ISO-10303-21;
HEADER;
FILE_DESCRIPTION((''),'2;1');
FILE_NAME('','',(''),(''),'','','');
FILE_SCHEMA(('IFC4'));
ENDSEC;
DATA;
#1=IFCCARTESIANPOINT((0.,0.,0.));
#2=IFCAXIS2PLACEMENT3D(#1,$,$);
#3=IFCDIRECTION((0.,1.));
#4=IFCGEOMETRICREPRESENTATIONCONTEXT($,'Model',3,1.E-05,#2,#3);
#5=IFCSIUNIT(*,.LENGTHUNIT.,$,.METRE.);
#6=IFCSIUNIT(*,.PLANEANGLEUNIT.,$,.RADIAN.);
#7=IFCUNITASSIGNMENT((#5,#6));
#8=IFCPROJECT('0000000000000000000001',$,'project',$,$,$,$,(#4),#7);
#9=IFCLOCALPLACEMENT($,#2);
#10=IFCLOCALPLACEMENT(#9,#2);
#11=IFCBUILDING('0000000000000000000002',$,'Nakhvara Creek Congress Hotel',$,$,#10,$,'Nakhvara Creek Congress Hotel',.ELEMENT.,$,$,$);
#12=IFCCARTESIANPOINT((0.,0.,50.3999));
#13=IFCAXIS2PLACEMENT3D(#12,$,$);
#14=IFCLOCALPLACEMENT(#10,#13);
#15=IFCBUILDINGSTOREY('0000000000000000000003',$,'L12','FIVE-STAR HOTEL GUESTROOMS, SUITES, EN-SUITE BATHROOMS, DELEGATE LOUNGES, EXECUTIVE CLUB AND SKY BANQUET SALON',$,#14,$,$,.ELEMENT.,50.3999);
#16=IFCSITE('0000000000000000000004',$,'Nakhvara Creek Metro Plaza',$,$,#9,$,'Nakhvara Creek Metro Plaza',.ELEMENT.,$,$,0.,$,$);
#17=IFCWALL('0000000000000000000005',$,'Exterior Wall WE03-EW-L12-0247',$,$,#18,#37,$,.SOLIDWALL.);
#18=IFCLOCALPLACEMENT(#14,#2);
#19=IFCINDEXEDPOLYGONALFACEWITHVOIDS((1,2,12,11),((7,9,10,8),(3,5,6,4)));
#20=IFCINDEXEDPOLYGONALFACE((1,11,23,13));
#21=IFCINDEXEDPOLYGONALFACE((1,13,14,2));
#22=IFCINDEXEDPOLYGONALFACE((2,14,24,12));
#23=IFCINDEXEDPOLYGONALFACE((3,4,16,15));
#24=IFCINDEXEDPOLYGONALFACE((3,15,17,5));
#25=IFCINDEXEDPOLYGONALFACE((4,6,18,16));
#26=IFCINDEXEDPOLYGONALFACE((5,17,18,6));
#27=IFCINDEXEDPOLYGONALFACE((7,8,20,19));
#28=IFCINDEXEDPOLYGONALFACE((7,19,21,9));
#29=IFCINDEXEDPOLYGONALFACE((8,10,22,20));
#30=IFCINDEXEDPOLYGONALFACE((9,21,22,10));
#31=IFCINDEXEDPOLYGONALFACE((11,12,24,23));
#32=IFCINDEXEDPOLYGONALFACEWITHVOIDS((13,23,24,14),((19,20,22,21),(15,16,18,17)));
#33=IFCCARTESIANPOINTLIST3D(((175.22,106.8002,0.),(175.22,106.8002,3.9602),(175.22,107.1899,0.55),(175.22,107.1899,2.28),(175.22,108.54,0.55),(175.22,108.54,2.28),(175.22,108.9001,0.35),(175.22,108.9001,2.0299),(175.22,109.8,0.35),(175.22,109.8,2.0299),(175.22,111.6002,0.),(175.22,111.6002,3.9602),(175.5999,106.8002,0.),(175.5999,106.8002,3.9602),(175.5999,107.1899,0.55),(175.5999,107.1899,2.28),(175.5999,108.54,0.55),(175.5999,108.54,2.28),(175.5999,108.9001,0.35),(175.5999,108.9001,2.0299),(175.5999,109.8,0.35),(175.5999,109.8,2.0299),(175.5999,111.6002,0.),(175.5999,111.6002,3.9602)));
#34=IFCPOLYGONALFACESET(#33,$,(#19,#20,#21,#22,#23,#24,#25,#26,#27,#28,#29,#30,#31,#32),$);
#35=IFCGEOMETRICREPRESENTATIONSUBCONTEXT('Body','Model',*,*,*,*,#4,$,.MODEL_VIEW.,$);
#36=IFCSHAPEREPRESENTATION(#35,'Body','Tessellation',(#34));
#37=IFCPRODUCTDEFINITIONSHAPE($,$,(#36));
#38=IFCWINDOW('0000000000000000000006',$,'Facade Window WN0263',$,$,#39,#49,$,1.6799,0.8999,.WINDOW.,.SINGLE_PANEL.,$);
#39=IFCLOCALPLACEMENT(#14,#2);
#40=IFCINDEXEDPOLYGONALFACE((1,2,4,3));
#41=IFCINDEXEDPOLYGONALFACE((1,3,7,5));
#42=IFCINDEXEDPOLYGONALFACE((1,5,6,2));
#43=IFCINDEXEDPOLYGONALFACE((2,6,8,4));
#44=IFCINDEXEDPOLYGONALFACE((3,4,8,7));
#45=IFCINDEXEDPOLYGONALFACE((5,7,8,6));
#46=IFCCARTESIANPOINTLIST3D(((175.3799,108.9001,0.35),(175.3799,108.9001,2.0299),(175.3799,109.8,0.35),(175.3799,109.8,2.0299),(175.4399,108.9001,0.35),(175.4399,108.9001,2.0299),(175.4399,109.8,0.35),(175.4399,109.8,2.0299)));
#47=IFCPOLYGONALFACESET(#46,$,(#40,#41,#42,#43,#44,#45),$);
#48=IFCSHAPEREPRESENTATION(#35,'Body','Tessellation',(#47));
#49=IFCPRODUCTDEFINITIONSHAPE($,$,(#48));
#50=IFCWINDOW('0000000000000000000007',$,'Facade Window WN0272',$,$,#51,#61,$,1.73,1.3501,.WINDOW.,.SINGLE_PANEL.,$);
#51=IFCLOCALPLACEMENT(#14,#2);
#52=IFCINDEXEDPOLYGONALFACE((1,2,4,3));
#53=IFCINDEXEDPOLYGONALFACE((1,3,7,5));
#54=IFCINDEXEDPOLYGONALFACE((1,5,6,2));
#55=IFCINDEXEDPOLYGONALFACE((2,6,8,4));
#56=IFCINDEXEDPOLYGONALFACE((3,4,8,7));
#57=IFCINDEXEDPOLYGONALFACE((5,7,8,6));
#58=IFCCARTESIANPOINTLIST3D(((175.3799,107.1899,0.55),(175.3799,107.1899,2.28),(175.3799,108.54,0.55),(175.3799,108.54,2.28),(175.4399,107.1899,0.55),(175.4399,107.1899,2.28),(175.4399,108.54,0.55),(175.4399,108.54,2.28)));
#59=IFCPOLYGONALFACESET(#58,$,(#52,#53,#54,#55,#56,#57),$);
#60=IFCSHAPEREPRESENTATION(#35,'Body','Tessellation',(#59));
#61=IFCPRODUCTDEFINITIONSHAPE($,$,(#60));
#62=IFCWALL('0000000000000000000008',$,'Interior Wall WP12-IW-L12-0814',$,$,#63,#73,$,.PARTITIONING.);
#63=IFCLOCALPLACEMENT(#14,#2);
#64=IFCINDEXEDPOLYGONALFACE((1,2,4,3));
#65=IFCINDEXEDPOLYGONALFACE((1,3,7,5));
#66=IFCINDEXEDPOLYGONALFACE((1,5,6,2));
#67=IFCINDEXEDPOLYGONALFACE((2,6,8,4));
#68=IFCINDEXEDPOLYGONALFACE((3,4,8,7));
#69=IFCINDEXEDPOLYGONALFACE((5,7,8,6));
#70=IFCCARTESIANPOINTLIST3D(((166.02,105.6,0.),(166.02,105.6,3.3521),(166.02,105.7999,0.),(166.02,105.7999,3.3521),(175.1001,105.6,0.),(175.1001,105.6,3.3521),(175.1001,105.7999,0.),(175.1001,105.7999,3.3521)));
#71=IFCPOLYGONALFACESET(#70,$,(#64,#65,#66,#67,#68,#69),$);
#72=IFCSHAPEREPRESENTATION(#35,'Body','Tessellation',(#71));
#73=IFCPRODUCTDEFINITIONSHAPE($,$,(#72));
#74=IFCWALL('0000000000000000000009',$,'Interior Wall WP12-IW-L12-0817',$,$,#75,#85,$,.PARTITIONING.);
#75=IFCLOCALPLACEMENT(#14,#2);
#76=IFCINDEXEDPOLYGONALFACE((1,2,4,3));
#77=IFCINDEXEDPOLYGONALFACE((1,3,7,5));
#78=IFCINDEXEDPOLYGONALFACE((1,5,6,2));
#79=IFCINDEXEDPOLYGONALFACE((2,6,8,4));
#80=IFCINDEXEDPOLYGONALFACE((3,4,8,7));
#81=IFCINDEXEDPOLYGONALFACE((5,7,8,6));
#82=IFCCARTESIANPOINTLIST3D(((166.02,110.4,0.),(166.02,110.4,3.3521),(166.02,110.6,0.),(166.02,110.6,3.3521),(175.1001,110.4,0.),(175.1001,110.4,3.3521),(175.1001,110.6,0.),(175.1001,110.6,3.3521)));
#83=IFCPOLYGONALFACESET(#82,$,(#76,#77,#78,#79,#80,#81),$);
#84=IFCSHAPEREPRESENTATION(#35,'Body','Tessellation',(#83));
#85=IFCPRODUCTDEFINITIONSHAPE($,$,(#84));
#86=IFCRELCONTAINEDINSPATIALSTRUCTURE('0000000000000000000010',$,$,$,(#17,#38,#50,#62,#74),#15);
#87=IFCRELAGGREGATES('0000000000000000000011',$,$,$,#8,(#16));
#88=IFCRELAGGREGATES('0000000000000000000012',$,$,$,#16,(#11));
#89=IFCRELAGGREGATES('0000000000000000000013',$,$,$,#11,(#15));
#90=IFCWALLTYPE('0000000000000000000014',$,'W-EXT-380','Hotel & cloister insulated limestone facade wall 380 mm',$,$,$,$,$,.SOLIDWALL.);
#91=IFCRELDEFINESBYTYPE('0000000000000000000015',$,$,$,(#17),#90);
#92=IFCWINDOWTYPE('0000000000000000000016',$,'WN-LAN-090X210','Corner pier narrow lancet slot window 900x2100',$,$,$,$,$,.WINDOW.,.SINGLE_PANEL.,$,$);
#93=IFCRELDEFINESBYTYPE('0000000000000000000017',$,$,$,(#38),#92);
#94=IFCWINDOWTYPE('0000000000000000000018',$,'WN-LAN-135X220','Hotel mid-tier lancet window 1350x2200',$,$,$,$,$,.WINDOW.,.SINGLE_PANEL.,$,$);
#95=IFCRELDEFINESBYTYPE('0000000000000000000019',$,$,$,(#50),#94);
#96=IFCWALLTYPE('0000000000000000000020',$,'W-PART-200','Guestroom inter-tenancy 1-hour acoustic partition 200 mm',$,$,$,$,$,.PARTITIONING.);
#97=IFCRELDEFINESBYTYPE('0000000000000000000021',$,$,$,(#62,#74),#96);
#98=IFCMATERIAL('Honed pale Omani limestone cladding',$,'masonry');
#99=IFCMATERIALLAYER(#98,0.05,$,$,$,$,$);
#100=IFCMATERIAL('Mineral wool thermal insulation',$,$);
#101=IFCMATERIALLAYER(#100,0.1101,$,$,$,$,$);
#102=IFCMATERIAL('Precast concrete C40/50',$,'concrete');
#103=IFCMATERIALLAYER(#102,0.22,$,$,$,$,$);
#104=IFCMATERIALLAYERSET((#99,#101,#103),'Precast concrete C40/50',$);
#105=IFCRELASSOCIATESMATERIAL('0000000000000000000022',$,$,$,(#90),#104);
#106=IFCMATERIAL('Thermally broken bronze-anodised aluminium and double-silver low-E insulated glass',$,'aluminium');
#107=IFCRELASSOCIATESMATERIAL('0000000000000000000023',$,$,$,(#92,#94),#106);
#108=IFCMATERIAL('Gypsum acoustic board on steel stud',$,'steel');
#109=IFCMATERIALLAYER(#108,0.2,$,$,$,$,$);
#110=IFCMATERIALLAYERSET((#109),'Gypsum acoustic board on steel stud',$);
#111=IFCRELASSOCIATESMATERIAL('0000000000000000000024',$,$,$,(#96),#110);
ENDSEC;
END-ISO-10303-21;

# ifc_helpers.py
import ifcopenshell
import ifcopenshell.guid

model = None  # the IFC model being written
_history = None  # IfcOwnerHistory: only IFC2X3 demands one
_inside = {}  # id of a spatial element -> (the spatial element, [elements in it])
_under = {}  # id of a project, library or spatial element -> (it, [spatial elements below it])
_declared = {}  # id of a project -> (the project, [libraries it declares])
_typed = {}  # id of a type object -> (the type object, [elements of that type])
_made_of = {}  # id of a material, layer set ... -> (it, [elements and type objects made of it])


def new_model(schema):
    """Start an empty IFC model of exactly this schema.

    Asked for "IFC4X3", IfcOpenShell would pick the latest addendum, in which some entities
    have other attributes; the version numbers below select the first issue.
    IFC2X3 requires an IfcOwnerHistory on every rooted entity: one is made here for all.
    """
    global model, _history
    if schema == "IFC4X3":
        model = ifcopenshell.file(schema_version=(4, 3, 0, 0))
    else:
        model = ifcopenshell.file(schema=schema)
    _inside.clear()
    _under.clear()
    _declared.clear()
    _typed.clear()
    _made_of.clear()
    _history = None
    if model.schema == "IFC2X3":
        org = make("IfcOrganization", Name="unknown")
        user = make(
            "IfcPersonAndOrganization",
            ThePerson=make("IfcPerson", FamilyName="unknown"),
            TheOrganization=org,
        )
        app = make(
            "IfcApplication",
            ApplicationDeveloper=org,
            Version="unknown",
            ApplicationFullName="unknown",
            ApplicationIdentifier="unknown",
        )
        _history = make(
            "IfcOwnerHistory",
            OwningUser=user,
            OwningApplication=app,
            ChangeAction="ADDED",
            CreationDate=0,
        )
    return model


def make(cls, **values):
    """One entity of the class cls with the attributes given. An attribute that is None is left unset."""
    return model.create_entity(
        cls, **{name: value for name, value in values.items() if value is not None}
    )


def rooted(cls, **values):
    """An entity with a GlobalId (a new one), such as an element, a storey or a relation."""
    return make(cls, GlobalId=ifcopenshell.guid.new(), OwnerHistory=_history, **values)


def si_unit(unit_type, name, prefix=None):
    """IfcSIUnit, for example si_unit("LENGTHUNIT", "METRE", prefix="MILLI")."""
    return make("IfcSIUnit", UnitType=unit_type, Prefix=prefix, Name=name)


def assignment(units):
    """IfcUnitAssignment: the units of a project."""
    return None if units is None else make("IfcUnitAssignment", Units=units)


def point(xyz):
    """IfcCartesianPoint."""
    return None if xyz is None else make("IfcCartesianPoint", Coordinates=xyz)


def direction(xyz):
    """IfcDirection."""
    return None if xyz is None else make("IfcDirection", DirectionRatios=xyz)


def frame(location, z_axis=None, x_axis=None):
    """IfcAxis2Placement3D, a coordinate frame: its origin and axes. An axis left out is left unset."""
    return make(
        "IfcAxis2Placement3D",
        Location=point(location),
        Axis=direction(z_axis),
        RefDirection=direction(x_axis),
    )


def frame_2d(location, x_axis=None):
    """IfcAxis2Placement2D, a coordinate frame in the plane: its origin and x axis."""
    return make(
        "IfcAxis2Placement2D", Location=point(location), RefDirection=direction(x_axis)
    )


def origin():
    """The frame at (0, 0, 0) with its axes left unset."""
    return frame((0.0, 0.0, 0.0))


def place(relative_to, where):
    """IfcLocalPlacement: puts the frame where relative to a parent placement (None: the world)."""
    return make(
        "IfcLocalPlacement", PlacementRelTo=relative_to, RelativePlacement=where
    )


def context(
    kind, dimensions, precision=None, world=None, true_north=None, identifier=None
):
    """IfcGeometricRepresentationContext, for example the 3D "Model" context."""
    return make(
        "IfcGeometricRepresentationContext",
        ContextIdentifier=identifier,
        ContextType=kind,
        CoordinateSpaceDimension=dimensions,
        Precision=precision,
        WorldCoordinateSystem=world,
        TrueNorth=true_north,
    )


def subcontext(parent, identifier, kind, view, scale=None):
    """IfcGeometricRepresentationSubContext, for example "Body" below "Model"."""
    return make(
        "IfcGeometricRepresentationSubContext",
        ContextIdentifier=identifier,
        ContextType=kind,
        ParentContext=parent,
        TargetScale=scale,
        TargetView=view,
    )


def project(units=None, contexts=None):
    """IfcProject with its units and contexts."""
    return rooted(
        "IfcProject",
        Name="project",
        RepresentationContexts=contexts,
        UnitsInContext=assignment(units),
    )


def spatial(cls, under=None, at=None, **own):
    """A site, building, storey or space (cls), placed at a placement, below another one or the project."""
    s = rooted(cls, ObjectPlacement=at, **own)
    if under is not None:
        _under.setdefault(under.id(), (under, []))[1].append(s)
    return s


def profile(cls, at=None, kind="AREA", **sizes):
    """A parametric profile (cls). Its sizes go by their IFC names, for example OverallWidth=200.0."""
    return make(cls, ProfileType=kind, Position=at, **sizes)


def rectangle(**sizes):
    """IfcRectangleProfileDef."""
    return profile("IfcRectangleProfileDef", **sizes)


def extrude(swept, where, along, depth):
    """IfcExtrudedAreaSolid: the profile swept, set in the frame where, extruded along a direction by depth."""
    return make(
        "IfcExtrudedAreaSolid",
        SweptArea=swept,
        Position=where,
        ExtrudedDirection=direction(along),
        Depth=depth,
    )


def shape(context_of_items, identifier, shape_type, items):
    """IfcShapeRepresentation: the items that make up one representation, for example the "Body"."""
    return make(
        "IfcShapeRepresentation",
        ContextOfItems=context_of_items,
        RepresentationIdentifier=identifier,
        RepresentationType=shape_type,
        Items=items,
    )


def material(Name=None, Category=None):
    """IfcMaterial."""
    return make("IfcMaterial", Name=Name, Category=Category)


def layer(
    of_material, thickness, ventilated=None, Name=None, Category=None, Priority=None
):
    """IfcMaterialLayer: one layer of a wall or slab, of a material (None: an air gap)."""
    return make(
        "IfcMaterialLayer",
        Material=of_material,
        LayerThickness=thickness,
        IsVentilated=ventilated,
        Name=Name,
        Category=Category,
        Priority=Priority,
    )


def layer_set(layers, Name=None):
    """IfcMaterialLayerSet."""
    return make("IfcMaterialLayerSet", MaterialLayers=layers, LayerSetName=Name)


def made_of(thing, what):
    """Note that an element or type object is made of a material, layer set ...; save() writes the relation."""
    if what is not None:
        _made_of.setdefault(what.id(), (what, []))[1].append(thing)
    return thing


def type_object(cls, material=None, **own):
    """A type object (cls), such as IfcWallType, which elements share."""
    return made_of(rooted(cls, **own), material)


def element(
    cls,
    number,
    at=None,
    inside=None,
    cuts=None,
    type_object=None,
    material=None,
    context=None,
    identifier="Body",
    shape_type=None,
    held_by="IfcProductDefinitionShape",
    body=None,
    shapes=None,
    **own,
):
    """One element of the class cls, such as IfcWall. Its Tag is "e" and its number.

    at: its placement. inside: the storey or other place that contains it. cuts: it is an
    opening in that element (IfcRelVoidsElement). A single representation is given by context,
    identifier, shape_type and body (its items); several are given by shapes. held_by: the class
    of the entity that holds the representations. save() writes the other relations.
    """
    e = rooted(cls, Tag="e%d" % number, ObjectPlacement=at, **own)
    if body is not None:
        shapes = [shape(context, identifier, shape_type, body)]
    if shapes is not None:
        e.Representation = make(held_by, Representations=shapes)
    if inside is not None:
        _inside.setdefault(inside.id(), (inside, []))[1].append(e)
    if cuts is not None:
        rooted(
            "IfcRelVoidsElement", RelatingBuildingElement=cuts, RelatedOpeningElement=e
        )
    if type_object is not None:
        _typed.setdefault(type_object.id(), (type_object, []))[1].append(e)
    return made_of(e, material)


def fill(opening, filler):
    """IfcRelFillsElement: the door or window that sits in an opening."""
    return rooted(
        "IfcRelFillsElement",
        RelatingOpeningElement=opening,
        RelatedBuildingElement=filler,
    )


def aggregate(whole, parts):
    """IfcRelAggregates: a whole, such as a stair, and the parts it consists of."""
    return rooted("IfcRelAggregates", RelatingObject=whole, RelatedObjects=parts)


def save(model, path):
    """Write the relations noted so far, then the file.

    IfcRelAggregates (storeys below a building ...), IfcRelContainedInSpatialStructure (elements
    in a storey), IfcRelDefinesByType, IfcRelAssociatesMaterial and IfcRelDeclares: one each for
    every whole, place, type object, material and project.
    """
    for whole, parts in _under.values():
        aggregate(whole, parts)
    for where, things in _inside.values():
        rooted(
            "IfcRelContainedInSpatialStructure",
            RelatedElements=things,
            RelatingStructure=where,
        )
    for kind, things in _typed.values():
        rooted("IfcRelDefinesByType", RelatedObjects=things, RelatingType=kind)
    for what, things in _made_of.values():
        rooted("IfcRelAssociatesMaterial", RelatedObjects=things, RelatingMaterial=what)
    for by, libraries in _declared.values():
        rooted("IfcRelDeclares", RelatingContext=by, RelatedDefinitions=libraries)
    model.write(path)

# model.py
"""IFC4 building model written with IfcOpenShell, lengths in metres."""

from ifc_helpers import new_model, si_unit, direction, frame, frame_2d, origin, place, context, subcontext, project, spatial, rectangle, extrude, material, layer, layer_set, type_object, element, fill, save


model = new_model("IFC4")

# Units and contexts
model_context = context("Model", 3, precision=1e-05, world=origin(), true_north=direction((0.0, 1.0)))
body_context = subcontext(model_context, "Body", "Model", "MODEL_VIEW")
ifc_project = project(units=[si_unit("LENGTHUNIT", "METRE"), si_unit("PLANEANGLEUNIT", "RADIAN")], contexts=[model_context])

# Site, building, storey
site_placement = place(None, origin())
site = spatial("IfcSite", under=ifc_project, at=site_placement, Name="Nakhvara Creek Metro Plaza", LongName="Nakhvara Creek Metro Plaza", CompositionType="ELEMENT", RefElevation=0.0)
building_placement = place(site_placement, origin())
building = spatial("IfcBuilding", under=site, at=building_placement, Name="Nakhvara Creek Congress Hotel", LongName="Nakhvara Creek Congress Hotel", CompositionType="ELEMENT")
storey_placement = place(building_placement, frame((0.0, 0.0, 50.3999)))
storey = spatial("IfcBuildingStorey", under=building, at=storey_placement, Name="L12", Description="FIVE-STAR HOTEL GUESTROOMS, SUITES, EN-SUITE BATHROOMS, DELEGATE LOUNGES, EXECUTIVE CLUB AND SKY BANQUET SALON", CompositionType="ELEMENT", Elevation=50.3999)

# Shared definitions
ifc_material_1 = material(Name="Honed pale Omani limestone cladding", Category="masonry")
ifc_layer_1 = layer(ifc_material_1, 0.05)
ifc_material_2 = material(Name="Mineral wool thermal insulation")
ifc_layer_2 = layer(ifc_material_2, 0.1101)
ifc_material_3 = material(Name="Precast concrete C40/50", Category="concrete")
ifc_layer_3 = layer(ifc_material_3, 0.22)
ifc_layer_set_1 = layer_set([ifc_layer_1, ifc_layer_2, ifc_layer_3], Name="Precast concrete C40/50")
wall_type_1 = type_object("IfcWallType", Name="W-EXT-380", Description="Hotel & cloister insulated limestone facade wall 380 mm", PredefinedType="SOLIDWALL", material=ifc_layer_set_1)
ifc_material_4 = material(Name="Thermally broken bronze-anodised aluminium and double-silver low-E insulated glass", Category="aluminium")

# Wall, openings, windows
wall_1_placement = place(storey_placement, frame((175.4099, 111.6001, 0.0), z_axis=(0.0, 0.0, 1.0), x_axis=(0.0, -1.0, 0.0)))
wall_1 = element("IfcWall", 1, at=wall_1_placement, inside=storey, type_object=wall_type_1, Name="Exterior Wall WE03-EW-L12-0247", PredefinedType="SOLIDWALL", context=body_context, shape_type="SweptSolid", body=[
    extrude(rectangle(XDim=4.8, YDim=0.3799, at=frame_2d((2.3999, 0.0))), origin(), (0.0, 0.0, 1.0), 3.9602),
])
opening_1_placement = place(wall_1_placement, frame((1.8, 0.0, 0.3501)))
opening_1 = element("IfcOpeningElement", 2, at=opening_1_placement, cuts=wall_1, PredefinedType="OPENING", context=body_context, shape_type="SweptSolid", body=[
    extrude(rectangle(XDim=0.8999, YDim=1.6799, at=frame_2d((0.45, 0.8398))), frame((0.0, 0.2019, 0.0), z_axis=(0.0, -1.0, 0.0), x_axis=(1.0, 0.0, 0.0)), (0.0, 0.0, 1.0), 0.4038),
])
opening_2_placement = place(wall_1_placement, frame((3.0601, 0.0, 0.55)))
opening_2 = element("IfcOpeningElement", 3, at=opening_2_placement, cuts=wall_1, PredefinedType="OPENING", context=body_context, shape_type="SweptSolid", body=[
    extrude(rectangle(XDim=1.3501, YDim=1.73, at=frame_2d((0.675, 0.865))), frame((0.0, 0.2019, 0.0), z_axis=(0.0, -1.0, 0.0), x_axis=(1.0, 0.0, 0.0)), (0.0, 0.0, 1.0), 0.4038),
])
window_type_1 = type_object("IfcWindowType", Name="WN-LAN-090X210", Description="Corner pier narrow lancet slot window 900x2100", PartitioningType="SINGLE_PANEL", PredefinedType="WINDOW", material=ifc_material_4)
window_1_placement = place(opening_1_placement, origin())
window_1 = element("IfcWindow", 4, at=window_1_placement, inside=storey, type_object=window_type_1, Name="Facade Window WN0263", OverallHeight=1.6799, OverallWidth=0.8999, PartitioningType="SINGLE_PANEL", PredefinedType="WINDOW", context=body_context, shape_type="SweptSolid", body=[
    extrude(rectangle(XDim=0.8999, YDim=1.6799, at=frame_2d((0.45, 0.8398))), frame((0.0, 0.03, 0.0), z_axis=(0.0, -1.0, 0.0), x_axis=(1.0, 0.0, 0.0)), (0.0, 0.0, 1.0), 0.0601),
])
fill(opening_1, window_1)
window_type_2 = type_object("IfcWindowType", Name="WN-LAN-135X220", Description="Hotel mid-tier lancet window 1350x2200", PartitioningType="SINGLE_PANEL", PredefinedType="WINDOW", material=ifc_material_4)
window_2_placement = place(opening_2_placement, origin())
window_2 = element("IfcWindow", 5, at=window_2_placement, inside=storey, type_object=window_type_2, Name="Facade Window WN0272", OverallHeight=1.73, OverallWidth=1.3501, PartitioningType="SINGLE_PANEL", PredefinedType="WINDOW", context=body_context, shape_type="SweptSolid", body=[
    extrude(rectangle(XDim=1.3501, YDim=1.73, at=frame_2d((0.675, 0.865))), frame((0.0, 0.03, 0.0), z_axis=(0.0, -1.0, 0.0), x_axis=(1.0, 0.0, 0.0)), (0.0, 0.0, 1.0), 0.0601),
])
fill(opening_2, window_2)

# Walls
ifc_material_5 = material(Name="Gypsum acoustic board on steel stud", Category="steel")
ifc_layer_4 = layer(ifc_material_5, 0.2)
ifc_layer_set_2 = layer_set([ifc_layer_4], Name="Gypsum acoustic board on steel stud")
wall_type_2 = type_object("IfcWallType", Name="W-PART-200", Description="Guestroom inter-tenancy 1-hour acoustic partition 200 mm", PredefinedType="PARTITIONING", material=ifc_layer_set_2)
for number, where, z_axis, x_axis, name in (
    (6, (166.02, 105.7, 0.0), (0.0, 0.0, 1.0), (1.0, 0.0, 0.0), "Interior Wall WP12-IW-L12-0814"),
    (7, (166.02, 110.5, 0.0), (0.0, 0.0, 1.0), (1.0, 0.0, 0.0), "Interior Wall WP12-IW-L12-0817"),
):
    element("IfcWall", number, at=place(storey_placement, frame(where, z_axis=z_axis, x_axis=x_axis)), inside=storey, type_object=wall_type_2, Name=name, PredefinedType="PARTITIONING", context=body_context, shape_type="SweptSolid", body=[
        extrude(rectangle(XDim=9.0801, YDim=0.2, at=frame_2d((4.54, 0.0))), origin(), (0.0, 0.0, 1.0), 3.3521),
    ])

save(model, "model.ifc")
